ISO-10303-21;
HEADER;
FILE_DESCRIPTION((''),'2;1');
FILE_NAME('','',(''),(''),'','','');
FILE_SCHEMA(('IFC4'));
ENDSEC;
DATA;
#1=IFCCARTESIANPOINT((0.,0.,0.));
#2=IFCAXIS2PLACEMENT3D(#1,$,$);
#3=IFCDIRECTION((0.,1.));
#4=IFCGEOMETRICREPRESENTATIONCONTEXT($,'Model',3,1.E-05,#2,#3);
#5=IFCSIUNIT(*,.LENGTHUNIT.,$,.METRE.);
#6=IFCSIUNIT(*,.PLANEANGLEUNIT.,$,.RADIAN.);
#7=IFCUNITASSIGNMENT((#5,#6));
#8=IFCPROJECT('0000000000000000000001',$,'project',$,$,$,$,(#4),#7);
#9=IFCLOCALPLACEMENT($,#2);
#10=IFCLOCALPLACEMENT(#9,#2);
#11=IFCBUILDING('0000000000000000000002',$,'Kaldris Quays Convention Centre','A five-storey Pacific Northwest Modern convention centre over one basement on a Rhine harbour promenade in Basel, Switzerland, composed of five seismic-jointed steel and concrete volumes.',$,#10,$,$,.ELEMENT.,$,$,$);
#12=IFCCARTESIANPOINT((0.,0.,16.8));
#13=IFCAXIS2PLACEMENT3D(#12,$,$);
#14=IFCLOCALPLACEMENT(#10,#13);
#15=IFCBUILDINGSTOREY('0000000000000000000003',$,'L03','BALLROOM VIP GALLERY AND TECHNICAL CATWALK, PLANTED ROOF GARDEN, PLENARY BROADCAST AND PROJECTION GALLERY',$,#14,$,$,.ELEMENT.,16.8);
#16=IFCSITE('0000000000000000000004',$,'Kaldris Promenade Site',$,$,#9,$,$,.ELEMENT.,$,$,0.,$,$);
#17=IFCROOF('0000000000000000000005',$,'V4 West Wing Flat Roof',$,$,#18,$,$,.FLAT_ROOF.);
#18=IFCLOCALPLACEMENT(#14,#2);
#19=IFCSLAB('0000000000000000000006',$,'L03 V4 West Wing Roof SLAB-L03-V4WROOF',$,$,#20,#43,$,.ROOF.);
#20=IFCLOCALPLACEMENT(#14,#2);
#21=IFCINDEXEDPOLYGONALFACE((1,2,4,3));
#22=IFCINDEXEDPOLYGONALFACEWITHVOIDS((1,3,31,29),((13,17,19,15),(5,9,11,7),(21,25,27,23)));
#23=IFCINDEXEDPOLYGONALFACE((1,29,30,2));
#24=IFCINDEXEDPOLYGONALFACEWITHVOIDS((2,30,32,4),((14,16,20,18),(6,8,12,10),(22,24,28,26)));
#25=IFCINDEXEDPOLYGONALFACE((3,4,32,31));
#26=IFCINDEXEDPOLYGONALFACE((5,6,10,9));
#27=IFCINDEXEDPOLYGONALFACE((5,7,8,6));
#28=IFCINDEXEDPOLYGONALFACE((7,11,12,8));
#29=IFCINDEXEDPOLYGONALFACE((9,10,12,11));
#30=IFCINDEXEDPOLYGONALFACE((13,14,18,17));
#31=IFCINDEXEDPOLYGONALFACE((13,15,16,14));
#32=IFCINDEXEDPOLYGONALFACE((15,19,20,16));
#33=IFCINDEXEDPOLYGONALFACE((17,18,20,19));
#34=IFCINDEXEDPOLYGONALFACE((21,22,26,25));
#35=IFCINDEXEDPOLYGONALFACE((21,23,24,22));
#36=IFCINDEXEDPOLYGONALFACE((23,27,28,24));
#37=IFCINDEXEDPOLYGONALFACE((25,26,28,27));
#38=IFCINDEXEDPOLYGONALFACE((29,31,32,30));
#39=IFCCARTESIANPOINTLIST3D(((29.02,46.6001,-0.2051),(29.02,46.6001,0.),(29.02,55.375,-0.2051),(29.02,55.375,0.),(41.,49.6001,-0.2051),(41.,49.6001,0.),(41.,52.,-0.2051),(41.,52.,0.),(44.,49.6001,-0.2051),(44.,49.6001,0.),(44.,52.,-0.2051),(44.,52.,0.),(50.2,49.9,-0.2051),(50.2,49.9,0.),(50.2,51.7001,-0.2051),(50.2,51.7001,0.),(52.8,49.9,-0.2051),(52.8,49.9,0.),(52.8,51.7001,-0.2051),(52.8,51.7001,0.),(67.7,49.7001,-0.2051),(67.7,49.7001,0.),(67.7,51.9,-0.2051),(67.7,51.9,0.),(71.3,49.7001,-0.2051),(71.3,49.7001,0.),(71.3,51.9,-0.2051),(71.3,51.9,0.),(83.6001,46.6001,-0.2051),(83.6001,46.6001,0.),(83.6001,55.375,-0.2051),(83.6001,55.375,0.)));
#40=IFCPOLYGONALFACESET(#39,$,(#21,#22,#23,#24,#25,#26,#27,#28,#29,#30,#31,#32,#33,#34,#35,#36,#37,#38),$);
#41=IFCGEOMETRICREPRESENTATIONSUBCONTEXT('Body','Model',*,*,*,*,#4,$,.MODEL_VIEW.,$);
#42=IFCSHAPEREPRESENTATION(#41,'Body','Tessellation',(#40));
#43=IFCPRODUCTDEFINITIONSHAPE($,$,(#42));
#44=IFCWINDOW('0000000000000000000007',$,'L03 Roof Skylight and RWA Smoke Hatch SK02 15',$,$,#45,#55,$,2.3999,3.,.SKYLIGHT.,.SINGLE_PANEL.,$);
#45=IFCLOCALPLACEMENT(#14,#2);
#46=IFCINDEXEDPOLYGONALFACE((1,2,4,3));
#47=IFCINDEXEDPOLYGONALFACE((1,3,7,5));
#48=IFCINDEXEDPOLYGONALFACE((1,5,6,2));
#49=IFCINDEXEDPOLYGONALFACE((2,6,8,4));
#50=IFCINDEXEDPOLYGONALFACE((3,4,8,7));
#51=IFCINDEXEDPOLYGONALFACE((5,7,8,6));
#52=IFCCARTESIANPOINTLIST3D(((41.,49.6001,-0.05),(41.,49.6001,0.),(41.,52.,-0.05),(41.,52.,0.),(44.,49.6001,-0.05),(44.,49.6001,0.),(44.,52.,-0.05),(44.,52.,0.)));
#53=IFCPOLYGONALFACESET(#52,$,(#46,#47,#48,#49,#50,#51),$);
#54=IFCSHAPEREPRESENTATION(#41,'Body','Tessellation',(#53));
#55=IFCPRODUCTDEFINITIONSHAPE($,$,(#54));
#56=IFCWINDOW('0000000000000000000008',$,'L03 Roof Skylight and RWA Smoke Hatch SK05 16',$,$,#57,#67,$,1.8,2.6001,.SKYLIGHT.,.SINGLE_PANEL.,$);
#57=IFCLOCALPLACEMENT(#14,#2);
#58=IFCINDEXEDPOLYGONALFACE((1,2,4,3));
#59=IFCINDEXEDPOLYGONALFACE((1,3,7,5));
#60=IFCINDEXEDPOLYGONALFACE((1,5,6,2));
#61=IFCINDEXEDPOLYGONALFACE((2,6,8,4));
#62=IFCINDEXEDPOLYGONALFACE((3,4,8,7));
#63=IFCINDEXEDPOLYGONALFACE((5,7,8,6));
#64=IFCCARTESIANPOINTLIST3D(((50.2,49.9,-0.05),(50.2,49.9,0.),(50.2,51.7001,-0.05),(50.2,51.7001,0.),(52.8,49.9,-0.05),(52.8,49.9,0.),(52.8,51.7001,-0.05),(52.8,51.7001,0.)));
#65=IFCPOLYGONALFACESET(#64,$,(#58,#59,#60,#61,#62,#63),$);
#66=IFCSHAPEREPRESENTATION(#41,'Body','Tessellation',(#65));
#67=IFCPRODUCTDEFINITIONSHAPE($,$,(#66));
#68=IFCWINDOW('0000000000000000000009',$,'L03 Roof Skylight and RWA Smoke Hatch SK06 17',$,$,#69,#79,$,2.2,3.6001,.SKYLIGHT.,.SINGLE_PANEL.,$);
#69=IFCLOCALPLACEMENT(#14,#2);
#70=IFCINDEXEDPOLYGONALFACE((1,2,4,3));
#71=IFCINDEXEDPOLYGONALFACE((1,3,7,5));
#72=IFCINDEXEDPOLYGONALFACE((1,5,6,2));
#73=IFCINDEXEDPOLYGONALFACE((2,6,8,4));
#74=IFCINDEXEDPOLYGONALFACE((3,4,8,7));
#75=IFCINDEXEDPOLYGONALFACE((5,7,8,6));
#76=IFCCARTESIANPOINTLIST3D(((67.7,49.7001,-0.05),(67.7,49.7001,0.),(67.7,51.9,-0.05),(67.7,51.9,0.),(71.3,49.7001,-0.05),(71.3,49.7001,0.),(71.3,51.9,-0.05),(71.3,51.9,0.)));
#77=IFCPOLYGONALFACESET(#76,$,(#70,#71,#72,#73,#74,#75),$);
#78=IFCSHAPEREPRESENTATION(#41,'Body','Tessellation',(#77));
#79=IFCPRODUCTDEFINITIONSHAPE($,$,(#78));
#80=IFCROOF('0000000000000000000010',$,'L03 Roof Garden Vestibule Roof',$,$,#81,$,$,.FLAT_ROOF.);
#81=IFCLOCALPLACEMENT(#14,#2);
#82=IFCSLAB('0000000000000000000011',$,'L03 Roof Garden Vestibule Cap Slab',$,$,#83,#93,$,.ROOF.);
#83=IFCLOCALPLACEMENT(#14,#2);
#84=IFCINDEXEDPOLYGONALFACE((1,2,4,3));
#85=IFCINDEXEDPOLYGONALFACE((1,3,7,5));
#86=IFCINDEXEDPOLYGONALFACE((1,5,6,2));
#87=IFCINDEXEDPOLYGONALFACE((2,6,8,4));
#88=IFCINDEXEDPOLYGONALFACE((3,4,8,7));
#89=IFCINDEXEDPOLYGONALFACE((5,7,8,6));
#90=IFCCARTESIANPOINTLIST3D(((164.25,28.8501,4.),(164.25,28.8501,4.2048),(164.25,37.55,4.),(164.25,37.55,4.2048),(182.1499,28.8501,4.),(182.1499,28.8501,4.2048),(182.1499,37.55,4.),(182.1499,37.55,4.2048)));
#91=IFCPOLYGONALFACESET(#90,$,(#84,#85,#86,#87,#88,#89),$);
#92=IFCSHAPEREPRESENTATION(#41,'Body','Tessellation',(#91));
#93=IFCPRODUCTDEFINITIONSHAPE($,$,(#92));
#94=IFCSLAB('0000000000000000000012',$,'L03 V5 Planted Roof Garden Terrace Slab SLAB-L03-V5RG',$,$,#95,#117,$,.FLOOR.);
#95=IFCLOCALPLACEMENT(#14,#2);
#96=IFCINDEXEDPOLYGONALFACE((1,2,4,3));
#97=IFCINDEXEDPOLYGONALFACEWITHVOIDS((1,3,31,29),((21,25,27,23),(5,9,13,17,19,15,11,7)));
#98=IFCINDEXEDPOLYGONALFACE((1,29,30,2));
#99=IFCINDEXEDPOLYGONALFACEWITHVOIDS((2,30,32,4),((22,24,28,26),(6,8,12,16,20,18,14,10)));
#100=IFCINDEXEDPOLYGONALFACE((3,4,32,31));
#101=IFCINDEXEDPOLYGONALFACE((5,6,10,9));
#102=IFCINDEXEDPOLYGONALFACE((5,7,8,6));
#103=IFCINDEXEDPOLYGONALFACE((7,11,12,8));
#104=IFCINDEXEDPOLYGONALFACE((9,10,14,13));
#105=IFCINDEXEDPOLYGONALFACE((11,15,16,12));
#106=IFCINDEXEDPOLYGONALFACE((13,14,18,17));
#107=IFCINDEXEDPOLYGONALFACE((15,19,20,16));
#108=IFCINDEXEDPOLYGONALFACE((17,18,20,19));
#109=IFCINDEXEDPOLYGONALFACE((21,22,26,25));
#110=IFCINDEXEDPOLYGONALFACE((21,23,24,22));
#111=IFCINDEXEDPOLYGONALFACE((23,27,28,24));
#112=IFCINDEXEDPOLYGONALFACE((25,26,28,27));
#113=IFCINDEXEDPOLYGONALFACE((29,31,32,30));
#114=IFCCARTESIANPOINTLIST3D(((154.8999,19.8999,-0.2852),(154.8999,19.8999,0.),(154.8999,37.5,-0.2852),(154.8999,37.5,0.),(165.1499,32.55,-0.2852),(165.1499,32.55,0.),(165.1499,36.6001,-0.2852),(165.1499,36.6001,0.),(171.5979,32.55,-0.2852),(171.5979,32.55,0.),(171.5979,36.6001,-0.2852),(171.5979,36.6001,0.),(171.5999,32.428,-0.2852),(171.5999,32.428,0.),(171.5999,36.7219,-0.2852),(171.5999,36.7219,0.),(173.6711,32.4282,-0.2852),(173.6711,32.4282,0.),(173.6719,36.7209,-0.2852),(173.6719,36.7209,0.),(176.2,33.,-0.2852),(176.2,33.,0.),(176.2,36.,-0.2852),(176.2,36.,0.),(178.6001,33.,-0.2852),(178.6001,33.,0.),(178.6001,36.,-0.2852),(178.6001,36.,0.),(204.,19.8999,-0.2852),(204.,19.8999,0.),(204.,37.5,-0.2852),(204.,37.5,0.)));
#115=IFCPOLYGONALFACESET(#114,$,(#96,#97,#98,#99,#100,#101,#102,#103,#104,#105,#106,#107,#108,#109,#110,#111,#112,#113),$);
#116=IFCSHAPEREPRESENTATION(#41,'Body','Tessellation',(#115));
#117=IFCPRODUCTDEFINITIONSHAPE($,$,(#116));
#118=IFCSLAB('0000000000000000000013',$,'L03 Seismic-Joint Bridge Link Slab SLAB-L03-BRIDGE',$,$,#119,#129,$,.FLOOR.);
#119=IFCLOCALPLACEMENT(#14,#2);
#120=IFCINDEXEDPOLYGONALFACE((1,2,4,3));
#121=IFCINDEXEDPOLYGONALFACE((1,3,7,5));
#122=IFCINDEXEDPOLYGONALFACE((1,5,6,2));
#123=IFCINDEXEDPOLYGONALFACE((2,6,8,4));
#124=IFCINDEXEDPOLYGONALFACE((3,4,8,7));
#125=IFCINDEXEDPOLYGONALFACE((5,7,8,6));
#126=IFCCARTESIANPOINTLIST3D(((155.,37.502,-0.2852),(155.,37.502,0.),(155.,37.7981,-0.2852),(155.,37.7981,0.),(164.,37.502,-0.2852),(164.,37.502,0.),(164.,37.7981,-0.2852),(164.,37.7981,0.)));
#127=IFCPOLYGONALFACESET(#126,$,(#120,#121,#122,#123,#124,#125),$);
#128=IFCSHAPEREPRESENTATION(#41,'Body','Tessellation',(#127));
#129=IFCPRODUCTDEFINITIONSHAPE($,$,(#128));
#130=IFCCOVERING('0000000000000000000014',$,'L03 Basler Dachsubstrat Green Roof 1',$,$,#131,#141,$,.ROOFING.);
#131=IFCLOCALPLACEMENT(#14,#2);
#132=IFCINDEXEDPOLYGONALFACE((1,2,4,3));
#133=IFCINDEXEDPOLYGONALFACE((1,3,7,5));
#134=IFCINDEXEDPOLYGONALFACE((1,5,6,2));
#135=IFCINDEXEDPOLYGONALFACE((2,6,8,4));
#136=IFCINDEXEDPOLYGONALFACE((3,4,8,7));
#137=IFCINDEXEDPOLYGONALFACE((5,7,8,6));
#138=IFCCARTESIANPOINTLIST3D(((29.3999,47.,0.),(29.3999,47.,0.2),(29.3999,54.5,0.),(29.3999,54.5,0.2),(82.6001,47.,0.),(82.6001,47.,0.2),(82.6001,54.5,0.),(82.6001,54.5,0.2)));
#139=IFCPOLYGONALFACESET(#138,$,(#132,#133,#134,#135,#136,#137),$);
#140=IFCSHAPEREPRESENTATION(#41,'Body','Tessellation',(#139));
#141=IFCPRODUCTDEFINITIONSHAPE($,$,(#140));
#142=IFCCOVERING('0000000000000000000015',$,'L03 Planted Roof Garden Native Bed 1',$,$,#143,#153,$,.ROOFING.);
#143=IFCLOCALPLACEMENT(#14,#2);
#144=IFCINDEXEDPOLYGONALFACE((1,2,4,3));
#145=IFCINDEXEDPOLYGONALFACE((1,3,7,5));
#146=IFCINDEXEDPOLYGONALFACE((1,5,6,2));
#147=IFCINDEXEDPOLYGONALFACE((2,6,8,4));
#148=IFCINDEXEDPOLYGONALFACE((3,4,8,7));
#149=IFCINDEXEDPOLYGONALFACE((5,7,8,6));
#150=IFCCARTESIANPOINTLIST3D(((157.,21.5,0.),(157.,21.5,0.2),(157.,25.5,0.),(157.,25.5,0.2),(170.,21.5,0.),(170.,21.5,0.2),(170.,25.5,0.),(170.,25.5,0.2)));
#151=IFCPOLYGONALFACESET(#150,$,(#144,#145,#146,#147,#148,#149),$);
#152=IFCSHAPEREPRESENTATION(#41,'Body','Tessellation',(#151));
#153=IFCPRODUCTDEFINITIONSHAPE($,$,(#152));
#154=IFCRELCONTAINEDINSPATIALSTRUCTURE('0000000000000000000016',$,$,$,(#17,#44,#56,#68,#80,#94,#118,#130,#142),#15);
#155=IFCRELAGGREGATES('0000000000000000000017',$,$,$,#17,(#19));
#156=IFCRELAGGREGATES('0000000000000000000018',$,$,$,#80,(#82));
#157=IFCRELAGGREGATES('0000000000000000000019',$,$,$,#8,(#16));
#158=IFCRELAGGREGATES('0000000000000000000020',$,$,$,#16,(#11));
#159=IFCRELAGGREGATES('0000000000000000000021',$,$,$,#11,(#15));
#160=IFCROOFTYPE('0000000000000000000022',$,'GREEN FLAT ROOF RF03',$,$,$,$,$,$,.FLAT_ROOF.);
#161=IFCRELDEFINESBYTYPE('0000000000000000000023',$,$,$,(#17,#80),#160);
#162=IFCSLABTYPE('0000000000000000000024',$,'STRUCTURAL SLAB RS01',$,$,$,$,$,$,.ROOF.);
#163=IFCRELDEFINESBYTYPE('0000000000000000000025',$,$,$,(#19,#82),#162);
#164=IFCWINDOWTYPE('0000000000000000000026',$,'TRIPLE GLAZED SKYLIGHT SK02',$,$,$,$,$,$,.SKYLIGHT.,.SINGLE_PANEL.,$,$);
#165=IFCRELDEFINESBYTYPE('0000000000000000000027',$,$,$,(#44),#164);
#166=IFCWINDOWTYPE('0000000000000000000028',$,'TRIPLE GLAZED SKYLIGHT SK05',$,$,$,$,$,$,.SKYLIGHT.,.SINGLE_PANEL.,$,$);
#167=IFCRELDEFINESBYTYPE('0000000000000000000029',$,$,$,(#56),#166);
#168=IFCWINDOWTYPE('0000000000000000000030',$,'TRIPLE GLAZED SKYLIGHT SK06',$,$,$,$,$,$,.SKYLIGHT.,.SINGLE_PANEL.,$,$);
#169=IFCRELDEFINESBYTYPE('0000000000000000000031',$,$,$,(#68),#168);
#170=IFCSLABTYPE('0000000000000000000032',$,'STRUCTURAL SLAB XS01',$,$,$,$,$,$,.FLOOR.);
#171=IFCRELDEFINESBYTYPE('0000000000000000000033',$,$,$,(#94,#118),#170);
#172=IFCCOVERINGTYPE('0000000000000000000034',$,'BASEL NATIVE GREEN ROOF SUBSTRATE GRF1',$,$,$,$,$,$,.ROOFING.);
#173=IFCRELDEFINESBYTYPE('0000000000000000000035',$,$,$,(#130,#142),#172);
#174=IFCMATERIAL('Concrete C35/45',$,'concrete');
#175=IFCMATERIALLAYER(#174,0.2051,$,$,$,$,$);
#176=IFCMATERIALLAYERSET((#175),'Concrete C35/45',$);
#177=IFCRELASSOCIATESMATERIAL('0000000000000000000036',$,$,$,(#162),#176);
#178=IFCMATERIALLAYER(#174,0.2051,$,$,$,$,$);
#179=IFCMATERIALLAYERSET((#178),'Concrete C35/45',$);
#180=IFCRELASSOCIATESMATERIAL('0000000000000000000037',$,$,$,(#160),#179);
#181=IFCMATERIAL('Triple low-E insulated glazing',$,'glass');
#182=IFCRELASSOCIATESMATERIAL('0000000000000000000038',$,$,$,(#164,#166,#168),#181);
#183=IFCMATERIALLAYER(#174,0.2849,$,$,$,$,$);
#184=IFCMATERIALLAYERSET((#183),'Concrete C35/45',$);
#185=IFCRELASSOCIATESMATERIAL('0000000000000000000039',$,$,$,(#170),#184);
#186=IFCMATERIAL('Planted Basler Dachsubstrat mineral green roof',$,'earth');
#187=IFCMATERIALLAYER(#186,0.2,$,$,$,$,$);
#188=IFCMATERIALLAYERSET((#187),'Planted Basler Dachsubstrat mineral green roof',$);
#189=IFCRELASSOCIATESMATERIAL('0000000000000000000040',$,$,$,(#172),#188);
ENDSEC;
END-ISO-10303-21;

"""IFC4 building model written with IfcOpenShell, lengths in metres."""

from ifc_helpers import new_model, si_unit, direction, frame, origin, origin_2d, place, context, subcontext, project, spatial, polyline, rectangle, outline, extrude, material, layer, layer_set, type_object, element, fill, aggregate, save


model = new_model("IFC4")

# Units and contexts
model_context = context("Model", 3, precision=1e-05, world=origin(), true_north=direction((0.0, 1.0)))
body_context = subcontext(model_context, "Body", "Model", "MODEL_VIEW")
ifc_project = project(units=[si_unit("LENGTHUNIT", "METRE"), si_unit("PLANEANGLEUNIT", "RADIAN")], contexts=[model_context])

# Site, building, storey
site_placement = place(None, origin())
site = spatial("IfcSite", under=ifc_project, at=site_placement, Name="Kaldris Promenade Site", CompositionType="ELEMENT", RefElevation=0.0)
building_placement = place(site_placement, origin())
building = spatial("IfcBuilding", under=site, at=building_placement, Name="Kaldris Quays Convention Centre", Description="A five-storey Pacific Northwest Modern convention centre over one basement on a Rhine harbour promenade in Basel, Switzerland, composed of five seismic-jointed steel and concrete volumes.", CompositionType="ELEMENT")
storey_placement = place(building_placement, frame((0.0, 0.0, 16.8)))
storey = spatial("IfcBuildingStorey", under=building, at=storey_placement, Name="L03", Description="BALLROOM VIP GALLERY AND TECHNICAL CATWALK, PLANTED ROOF GARDEN, PLENARY BROADCAST AND PROJECTION GALLERY", CompositionType="ELEMENT", Elevation=16.8)

# Shared definitions
ifc_material_1 = material(Name="Concrete C35/45", Category="concrete")
ifc_layer_1 = layer(ifc_material_1, 0.2051)
ifc_layer_set_1 = layer_set([ifc_layer_1], Name="Concrete C35/45")
slab_type_1 = type_object("IfcSlabType", Name="STRUCTURAL SLAB RS01", PredefinedType="ROOF", material=ifc_layer_set_1)

# Roof, slab, openings, windows
ifc_layer_2 = layer(ifc_material_1, 0.2051)
ifc_layer_set_2 = layer_set([ifc_layer_2], Name="Concrete C35/45")
roof_type = type_object("IfcRoofType", Name="GREEN FLAT ROOF RF03", PredefinedType="FLAT_ROOF", material=ifc_layer_set_2)
roof_1_placement = place(storey_placement, origin())
roof_1 = element("IfcRoof", 1, at=roof_1_placement, inside=storey, type_object=roof_type, Name="V4 West Wing Flat Roof", PredefinedType="FLAT_ROOF")
slab_1_placement = place(storey_placement, frame((0.0, 0.0, -0.2051)))
slab_1 = element("IfcSlab", 2, at=slab_1_placement, type_object=slab_type_1, Name="L03 V4 West Wing Roof SLAB-L03-V4WROOF", PredefinedType="ROOF", context=body_context, shape_type="SweptSolid", body=[
    extrude(outline(polyline([(29.02, 46.6001), (29.02, 55.375), (83.6001, 55.375), (83.6001, 46.6001), (29.02, 46.6001)])), origin(), (0.0, 0.0, 1.0), 0.2051),
])
opening_1_placement = place(slab_1_placement, frame((42.5, 50.8, 0.0)))
opening_1 = element("IfcOpeningElement", 3, at=opening_1_placement, cuts=slab_1, PredefinedType="OPENING", context=body_context, shape_type="SweptSolid", body=[
    extrude(rectangle(XDim=3.0, YDim=2.3999, at=origin_2d()), frame((0.0, 0.0, -0.01)), (0.0, 0.0, 1.0), 0.2251),
])
opening_2_placement = place(slab_1_placement, frame((51.5, 50.8, 0.0)))
opening_2 = element("IfcOpeningElement", 4, at=opening_2_placement, cuts=slab_1, PredefinedType="OPENING", context=body_context, shape_type="SweptSolid", body=[
    extrude(rectangle(XDim=2.6001, YDim=1.8, at=origin_2d()), frame((0.0, 0.0, -0.01)), (0.0, 0.0, 1.0), 0.2251),
])
opening_3_placement = place(slab_1_placement, frame((69.5, 50.8, 0.0)))
opening_3 = element("IfcOpeningElement", 5, at=opening_3_placement, cuts=slab_1, PredefinedType="OPENING", context=body_context, shape_type="SweptSolid", body=[
    extrude(rectangle(XDim=3.6001, YDim=2.2, at=origin_2d()), frame((0.0, 0.0, -0.01)), (0.0, 0.0, 1.0), 0.2251),
])
ifc_material_2 = material(Name="Triple low-E insulated glazing", Category="glass")
window_type_1 = type_object("IfcWindowType", Name="TRIPLE GLAZED SKYLIGHT SK02", PartitioningType="SINGLE_PANEL", PredefinedType="SKYLIGHT", material=ifc_material_2)
window_1_placement = place(opening_1_placement, frame((0.0, 0.0, 0.155)))
window_1 = element("IfcWindow", 6, at=window_1_placement, inside=storey, type_object=window_type_1, Name="L03 Roof Skylight and RWA Smoke Hatch SK02 15", OverallHeight=2.3999, OverallWidth=3.0, PartitioningType="SINGLE_PANEL", PredefinedType="SKYLIGHT", context=body_context, shape_type="SweptSolid", body=[
    extrude(rectangle(XDim=3.0, YDim=2.3999, at=origin_2d()), origin(), (0.0, 0.0, 1.0), 0.05),
])
fill(opening_1, window_1)
window_type_2 = type_object("IfcWindowType", Name="TRIPLE GLAZED SKYLIGHT SK05", PartitioningType="SINGLE_PANEL", PredefinedType="SKYLIGHT", material=ifc_material_2)
window_2_placement = place(opening_2_placement, frame((0.0, 0.0, 0.155)))
window_2 = element("IfcWindow", 7, at=window_2_placement, inside=storey, type_object=window_type_2, Name="L03 Roof Skylight and RWA Smoke Hatch SK05 16", OverallHeight=1.8, OverallWidth=2.6001, PartitioningType="SINGLE_PANEL", PredefinedType="SKYLIGHT", context=body_context, shape_type="SweptSolid", body=[
    extrude(rectangle(XDim=2.6001, YDim=1.8, at=origin_2d()), origin(), (0.0, 0.0, 1.0), 0.05),
])
fill(opening_2, window_2)
window_type_3 = type_object("IfcWindowType", Name="TRIPLE GLAZED SKYLIGHT SK06", PartitioningType="SINGLE_PANEL", PredefinedType="SKYLIGHT", material=ifc_material_2)
window_3_placement = place(opening_3_placement, frame((0.0, 0.0, 0.155)))
window_3 = element("IfcWindow", 8, at=window_3_placement, inside=storey, type_object=window_type_3, Name="L03 Roof Skylight and RWA Smoke Hatch SK06 17", OverallHeight=2.2, OverallWidth=3.6001, PartitioningType="SINGLE_PANEL", PredefinedType="SKYLIGHT", context=body_context, shape_type="SweptSolid", body=[
    extrude(rectangle(XDim=3.6001, YDim=2.2, at=origin_2d()), origin(), (0.0, 0.0, 1.0), 0.05),
])
fill(opening_3, window_3)
aggregate(roof_1, [slab_1])

# Roof, slab
roof_2_placement = place(storey_placement, origin())
roof_2 = element("IfcRoof", 9, at=roof_2_placement, inside=storey, type_object=roof_type, Name="L03 Roof Garden Vestibule Roof", PredefinedType="FLAT_ROOF")
slab_2_placement = place(storey_placement, frame((0.0, 0.0, 4.0)))
slab_2 = element("IfcSlab", 10, at=slab_2_placement, type_object=slab_type_1, Name="L03 Roof Garden Vestibule Cap Slab", PredefinedType="ROOF", context=body_context, shape_type="SweptSolid", body=[
    extrude(outline(polyline([(164.25, 28.8501), (182.1499, 28.8501), (182.1499, 37.55), (164.25, 37.55), (164.25, 28.8501)])), origin(), (0.0, 0.0, 1.0), 0.2048),
])
aggregate(roof_2, [slab_2])

# Slabs
ifc_layer_3 = layer(ifc_material_1, 0.2849)
ifc_layer_set_3 = layer_set([ifc_layer_3], Name="Concrete C35/45")
slab_type_2 = type_object("IfcSlabType", Name="STRUCTURAL SLAB XS01", PredefinedType="FLOOR", material=ifc_layer_set_3)
slab_3_placement = place(storey_placement, frame((0.0, 0.0, -0.2852)))
element("IfcSlab", 11, at=slab_3_placement, inside=storey, type_object=slab_type_2, Name="L03 V5 Planted Roof Garden Terrace Slab SLAB-L03-V5RG", PredefinedType="FLOOR", context=body_context, shape_type="SweptSolid", body=[
    extrude(outline(polyline([(154.8999, 19.8999), (154.8999, 37.5), (204.0, 37.5), (204.0, 19.8999), (154.8999, 19.8999)]), holes=[polyline([(178.6001, 36.0), (176.2, 36.0), (176.2, 33.0), (178.6001, 33.0), (178.6001, 36.0)]), polyline([(171.5979, 36.6001), (165.1499, 36.6001), (165.1499, 32.55), (171.5979, 32.55), (171.5999, 32.428), (173.6711, 32.4282), (173.6719, 36.7209), (171.5999, 36.7219), (171.5979, 36.6001)])]), origin(), (0.0, 0.0, 1.0), 0.2852),
])
slab_4_placement = place(storey_placement, frame((0.0, 0.0, -0.2852)))
element("IfcSlab", 12, at=slab_4_placement, inside=storey, type_object=slab_type_2, Name="L03 Seismic-Joint Bridge Link Slab SLAB-L03-BRIDGE", PredefinedType="FLOOR", context=body_context, shape_type="SweptSolid", body=[
    extrude(outline(polyline([(164.0, 37.502), (155.0, 37.502), (155.0, 37.7981), (164.0, 37.7981), (164.0, 37.502)])), origin(), (0.0, 0.0, 1.0), 0.2852),
])

# Coverings
ifc_material_3 = material(Name="Planted Basler Dachsubstrat mineral green roof", Category="earth")
ifc_layer_4 = layer(ifc_material_3, 0.2)
ifc_layer_set_4 = layer_set([ifc_layer_4], Name="Planted Basler Dachsubstrat mineral green roof")
covering_type = type_object("IfcCoveringType", Name="BASEL NATIVE GREEN ROOF SUBSTRATE GRF1", PredefinedType="ROOFING", material=ifc_layer_set_4)
covering_1_placement = place(storey_placement, origin())
element("IfcCovering", 13, at=covering_1_placement, inside=storey, type_object=covering_type, Name="L03 Basler Dachsubstrat Green Roof 1", PredefinedType="ROOFING", context=body_context, shape_type="SweptSolid", body=[
    extrude(outline(polyline([(29.3999, 47.0), (82.6001, 47.0), (82.6001, 54.5), (29.3999, 54.5), (29.3999, 47.0)])), origin(), (0.0, 0.0, 1.0), 0.2),
])
covering_2_placement = place(storey_placement, origin())
element("IfcCovering", 14, at=covering_2_placement, inside=storey, type_object=covering_type, Name="L03 Planted Roof Garden Native Bed 1", PredefinedType="ROOFING", context=body_context, shape_type="SweptSolid", body=[
    extrude(outline(polyline([(157.0, 21.5), (170.0, 21.5), (170.0, 25.5), (157.0, 25.5), (157.0, 21.5)])), origin(), (0.0, 0.0, 1.0), 0.2),
])

save(model, "model.ifc")
